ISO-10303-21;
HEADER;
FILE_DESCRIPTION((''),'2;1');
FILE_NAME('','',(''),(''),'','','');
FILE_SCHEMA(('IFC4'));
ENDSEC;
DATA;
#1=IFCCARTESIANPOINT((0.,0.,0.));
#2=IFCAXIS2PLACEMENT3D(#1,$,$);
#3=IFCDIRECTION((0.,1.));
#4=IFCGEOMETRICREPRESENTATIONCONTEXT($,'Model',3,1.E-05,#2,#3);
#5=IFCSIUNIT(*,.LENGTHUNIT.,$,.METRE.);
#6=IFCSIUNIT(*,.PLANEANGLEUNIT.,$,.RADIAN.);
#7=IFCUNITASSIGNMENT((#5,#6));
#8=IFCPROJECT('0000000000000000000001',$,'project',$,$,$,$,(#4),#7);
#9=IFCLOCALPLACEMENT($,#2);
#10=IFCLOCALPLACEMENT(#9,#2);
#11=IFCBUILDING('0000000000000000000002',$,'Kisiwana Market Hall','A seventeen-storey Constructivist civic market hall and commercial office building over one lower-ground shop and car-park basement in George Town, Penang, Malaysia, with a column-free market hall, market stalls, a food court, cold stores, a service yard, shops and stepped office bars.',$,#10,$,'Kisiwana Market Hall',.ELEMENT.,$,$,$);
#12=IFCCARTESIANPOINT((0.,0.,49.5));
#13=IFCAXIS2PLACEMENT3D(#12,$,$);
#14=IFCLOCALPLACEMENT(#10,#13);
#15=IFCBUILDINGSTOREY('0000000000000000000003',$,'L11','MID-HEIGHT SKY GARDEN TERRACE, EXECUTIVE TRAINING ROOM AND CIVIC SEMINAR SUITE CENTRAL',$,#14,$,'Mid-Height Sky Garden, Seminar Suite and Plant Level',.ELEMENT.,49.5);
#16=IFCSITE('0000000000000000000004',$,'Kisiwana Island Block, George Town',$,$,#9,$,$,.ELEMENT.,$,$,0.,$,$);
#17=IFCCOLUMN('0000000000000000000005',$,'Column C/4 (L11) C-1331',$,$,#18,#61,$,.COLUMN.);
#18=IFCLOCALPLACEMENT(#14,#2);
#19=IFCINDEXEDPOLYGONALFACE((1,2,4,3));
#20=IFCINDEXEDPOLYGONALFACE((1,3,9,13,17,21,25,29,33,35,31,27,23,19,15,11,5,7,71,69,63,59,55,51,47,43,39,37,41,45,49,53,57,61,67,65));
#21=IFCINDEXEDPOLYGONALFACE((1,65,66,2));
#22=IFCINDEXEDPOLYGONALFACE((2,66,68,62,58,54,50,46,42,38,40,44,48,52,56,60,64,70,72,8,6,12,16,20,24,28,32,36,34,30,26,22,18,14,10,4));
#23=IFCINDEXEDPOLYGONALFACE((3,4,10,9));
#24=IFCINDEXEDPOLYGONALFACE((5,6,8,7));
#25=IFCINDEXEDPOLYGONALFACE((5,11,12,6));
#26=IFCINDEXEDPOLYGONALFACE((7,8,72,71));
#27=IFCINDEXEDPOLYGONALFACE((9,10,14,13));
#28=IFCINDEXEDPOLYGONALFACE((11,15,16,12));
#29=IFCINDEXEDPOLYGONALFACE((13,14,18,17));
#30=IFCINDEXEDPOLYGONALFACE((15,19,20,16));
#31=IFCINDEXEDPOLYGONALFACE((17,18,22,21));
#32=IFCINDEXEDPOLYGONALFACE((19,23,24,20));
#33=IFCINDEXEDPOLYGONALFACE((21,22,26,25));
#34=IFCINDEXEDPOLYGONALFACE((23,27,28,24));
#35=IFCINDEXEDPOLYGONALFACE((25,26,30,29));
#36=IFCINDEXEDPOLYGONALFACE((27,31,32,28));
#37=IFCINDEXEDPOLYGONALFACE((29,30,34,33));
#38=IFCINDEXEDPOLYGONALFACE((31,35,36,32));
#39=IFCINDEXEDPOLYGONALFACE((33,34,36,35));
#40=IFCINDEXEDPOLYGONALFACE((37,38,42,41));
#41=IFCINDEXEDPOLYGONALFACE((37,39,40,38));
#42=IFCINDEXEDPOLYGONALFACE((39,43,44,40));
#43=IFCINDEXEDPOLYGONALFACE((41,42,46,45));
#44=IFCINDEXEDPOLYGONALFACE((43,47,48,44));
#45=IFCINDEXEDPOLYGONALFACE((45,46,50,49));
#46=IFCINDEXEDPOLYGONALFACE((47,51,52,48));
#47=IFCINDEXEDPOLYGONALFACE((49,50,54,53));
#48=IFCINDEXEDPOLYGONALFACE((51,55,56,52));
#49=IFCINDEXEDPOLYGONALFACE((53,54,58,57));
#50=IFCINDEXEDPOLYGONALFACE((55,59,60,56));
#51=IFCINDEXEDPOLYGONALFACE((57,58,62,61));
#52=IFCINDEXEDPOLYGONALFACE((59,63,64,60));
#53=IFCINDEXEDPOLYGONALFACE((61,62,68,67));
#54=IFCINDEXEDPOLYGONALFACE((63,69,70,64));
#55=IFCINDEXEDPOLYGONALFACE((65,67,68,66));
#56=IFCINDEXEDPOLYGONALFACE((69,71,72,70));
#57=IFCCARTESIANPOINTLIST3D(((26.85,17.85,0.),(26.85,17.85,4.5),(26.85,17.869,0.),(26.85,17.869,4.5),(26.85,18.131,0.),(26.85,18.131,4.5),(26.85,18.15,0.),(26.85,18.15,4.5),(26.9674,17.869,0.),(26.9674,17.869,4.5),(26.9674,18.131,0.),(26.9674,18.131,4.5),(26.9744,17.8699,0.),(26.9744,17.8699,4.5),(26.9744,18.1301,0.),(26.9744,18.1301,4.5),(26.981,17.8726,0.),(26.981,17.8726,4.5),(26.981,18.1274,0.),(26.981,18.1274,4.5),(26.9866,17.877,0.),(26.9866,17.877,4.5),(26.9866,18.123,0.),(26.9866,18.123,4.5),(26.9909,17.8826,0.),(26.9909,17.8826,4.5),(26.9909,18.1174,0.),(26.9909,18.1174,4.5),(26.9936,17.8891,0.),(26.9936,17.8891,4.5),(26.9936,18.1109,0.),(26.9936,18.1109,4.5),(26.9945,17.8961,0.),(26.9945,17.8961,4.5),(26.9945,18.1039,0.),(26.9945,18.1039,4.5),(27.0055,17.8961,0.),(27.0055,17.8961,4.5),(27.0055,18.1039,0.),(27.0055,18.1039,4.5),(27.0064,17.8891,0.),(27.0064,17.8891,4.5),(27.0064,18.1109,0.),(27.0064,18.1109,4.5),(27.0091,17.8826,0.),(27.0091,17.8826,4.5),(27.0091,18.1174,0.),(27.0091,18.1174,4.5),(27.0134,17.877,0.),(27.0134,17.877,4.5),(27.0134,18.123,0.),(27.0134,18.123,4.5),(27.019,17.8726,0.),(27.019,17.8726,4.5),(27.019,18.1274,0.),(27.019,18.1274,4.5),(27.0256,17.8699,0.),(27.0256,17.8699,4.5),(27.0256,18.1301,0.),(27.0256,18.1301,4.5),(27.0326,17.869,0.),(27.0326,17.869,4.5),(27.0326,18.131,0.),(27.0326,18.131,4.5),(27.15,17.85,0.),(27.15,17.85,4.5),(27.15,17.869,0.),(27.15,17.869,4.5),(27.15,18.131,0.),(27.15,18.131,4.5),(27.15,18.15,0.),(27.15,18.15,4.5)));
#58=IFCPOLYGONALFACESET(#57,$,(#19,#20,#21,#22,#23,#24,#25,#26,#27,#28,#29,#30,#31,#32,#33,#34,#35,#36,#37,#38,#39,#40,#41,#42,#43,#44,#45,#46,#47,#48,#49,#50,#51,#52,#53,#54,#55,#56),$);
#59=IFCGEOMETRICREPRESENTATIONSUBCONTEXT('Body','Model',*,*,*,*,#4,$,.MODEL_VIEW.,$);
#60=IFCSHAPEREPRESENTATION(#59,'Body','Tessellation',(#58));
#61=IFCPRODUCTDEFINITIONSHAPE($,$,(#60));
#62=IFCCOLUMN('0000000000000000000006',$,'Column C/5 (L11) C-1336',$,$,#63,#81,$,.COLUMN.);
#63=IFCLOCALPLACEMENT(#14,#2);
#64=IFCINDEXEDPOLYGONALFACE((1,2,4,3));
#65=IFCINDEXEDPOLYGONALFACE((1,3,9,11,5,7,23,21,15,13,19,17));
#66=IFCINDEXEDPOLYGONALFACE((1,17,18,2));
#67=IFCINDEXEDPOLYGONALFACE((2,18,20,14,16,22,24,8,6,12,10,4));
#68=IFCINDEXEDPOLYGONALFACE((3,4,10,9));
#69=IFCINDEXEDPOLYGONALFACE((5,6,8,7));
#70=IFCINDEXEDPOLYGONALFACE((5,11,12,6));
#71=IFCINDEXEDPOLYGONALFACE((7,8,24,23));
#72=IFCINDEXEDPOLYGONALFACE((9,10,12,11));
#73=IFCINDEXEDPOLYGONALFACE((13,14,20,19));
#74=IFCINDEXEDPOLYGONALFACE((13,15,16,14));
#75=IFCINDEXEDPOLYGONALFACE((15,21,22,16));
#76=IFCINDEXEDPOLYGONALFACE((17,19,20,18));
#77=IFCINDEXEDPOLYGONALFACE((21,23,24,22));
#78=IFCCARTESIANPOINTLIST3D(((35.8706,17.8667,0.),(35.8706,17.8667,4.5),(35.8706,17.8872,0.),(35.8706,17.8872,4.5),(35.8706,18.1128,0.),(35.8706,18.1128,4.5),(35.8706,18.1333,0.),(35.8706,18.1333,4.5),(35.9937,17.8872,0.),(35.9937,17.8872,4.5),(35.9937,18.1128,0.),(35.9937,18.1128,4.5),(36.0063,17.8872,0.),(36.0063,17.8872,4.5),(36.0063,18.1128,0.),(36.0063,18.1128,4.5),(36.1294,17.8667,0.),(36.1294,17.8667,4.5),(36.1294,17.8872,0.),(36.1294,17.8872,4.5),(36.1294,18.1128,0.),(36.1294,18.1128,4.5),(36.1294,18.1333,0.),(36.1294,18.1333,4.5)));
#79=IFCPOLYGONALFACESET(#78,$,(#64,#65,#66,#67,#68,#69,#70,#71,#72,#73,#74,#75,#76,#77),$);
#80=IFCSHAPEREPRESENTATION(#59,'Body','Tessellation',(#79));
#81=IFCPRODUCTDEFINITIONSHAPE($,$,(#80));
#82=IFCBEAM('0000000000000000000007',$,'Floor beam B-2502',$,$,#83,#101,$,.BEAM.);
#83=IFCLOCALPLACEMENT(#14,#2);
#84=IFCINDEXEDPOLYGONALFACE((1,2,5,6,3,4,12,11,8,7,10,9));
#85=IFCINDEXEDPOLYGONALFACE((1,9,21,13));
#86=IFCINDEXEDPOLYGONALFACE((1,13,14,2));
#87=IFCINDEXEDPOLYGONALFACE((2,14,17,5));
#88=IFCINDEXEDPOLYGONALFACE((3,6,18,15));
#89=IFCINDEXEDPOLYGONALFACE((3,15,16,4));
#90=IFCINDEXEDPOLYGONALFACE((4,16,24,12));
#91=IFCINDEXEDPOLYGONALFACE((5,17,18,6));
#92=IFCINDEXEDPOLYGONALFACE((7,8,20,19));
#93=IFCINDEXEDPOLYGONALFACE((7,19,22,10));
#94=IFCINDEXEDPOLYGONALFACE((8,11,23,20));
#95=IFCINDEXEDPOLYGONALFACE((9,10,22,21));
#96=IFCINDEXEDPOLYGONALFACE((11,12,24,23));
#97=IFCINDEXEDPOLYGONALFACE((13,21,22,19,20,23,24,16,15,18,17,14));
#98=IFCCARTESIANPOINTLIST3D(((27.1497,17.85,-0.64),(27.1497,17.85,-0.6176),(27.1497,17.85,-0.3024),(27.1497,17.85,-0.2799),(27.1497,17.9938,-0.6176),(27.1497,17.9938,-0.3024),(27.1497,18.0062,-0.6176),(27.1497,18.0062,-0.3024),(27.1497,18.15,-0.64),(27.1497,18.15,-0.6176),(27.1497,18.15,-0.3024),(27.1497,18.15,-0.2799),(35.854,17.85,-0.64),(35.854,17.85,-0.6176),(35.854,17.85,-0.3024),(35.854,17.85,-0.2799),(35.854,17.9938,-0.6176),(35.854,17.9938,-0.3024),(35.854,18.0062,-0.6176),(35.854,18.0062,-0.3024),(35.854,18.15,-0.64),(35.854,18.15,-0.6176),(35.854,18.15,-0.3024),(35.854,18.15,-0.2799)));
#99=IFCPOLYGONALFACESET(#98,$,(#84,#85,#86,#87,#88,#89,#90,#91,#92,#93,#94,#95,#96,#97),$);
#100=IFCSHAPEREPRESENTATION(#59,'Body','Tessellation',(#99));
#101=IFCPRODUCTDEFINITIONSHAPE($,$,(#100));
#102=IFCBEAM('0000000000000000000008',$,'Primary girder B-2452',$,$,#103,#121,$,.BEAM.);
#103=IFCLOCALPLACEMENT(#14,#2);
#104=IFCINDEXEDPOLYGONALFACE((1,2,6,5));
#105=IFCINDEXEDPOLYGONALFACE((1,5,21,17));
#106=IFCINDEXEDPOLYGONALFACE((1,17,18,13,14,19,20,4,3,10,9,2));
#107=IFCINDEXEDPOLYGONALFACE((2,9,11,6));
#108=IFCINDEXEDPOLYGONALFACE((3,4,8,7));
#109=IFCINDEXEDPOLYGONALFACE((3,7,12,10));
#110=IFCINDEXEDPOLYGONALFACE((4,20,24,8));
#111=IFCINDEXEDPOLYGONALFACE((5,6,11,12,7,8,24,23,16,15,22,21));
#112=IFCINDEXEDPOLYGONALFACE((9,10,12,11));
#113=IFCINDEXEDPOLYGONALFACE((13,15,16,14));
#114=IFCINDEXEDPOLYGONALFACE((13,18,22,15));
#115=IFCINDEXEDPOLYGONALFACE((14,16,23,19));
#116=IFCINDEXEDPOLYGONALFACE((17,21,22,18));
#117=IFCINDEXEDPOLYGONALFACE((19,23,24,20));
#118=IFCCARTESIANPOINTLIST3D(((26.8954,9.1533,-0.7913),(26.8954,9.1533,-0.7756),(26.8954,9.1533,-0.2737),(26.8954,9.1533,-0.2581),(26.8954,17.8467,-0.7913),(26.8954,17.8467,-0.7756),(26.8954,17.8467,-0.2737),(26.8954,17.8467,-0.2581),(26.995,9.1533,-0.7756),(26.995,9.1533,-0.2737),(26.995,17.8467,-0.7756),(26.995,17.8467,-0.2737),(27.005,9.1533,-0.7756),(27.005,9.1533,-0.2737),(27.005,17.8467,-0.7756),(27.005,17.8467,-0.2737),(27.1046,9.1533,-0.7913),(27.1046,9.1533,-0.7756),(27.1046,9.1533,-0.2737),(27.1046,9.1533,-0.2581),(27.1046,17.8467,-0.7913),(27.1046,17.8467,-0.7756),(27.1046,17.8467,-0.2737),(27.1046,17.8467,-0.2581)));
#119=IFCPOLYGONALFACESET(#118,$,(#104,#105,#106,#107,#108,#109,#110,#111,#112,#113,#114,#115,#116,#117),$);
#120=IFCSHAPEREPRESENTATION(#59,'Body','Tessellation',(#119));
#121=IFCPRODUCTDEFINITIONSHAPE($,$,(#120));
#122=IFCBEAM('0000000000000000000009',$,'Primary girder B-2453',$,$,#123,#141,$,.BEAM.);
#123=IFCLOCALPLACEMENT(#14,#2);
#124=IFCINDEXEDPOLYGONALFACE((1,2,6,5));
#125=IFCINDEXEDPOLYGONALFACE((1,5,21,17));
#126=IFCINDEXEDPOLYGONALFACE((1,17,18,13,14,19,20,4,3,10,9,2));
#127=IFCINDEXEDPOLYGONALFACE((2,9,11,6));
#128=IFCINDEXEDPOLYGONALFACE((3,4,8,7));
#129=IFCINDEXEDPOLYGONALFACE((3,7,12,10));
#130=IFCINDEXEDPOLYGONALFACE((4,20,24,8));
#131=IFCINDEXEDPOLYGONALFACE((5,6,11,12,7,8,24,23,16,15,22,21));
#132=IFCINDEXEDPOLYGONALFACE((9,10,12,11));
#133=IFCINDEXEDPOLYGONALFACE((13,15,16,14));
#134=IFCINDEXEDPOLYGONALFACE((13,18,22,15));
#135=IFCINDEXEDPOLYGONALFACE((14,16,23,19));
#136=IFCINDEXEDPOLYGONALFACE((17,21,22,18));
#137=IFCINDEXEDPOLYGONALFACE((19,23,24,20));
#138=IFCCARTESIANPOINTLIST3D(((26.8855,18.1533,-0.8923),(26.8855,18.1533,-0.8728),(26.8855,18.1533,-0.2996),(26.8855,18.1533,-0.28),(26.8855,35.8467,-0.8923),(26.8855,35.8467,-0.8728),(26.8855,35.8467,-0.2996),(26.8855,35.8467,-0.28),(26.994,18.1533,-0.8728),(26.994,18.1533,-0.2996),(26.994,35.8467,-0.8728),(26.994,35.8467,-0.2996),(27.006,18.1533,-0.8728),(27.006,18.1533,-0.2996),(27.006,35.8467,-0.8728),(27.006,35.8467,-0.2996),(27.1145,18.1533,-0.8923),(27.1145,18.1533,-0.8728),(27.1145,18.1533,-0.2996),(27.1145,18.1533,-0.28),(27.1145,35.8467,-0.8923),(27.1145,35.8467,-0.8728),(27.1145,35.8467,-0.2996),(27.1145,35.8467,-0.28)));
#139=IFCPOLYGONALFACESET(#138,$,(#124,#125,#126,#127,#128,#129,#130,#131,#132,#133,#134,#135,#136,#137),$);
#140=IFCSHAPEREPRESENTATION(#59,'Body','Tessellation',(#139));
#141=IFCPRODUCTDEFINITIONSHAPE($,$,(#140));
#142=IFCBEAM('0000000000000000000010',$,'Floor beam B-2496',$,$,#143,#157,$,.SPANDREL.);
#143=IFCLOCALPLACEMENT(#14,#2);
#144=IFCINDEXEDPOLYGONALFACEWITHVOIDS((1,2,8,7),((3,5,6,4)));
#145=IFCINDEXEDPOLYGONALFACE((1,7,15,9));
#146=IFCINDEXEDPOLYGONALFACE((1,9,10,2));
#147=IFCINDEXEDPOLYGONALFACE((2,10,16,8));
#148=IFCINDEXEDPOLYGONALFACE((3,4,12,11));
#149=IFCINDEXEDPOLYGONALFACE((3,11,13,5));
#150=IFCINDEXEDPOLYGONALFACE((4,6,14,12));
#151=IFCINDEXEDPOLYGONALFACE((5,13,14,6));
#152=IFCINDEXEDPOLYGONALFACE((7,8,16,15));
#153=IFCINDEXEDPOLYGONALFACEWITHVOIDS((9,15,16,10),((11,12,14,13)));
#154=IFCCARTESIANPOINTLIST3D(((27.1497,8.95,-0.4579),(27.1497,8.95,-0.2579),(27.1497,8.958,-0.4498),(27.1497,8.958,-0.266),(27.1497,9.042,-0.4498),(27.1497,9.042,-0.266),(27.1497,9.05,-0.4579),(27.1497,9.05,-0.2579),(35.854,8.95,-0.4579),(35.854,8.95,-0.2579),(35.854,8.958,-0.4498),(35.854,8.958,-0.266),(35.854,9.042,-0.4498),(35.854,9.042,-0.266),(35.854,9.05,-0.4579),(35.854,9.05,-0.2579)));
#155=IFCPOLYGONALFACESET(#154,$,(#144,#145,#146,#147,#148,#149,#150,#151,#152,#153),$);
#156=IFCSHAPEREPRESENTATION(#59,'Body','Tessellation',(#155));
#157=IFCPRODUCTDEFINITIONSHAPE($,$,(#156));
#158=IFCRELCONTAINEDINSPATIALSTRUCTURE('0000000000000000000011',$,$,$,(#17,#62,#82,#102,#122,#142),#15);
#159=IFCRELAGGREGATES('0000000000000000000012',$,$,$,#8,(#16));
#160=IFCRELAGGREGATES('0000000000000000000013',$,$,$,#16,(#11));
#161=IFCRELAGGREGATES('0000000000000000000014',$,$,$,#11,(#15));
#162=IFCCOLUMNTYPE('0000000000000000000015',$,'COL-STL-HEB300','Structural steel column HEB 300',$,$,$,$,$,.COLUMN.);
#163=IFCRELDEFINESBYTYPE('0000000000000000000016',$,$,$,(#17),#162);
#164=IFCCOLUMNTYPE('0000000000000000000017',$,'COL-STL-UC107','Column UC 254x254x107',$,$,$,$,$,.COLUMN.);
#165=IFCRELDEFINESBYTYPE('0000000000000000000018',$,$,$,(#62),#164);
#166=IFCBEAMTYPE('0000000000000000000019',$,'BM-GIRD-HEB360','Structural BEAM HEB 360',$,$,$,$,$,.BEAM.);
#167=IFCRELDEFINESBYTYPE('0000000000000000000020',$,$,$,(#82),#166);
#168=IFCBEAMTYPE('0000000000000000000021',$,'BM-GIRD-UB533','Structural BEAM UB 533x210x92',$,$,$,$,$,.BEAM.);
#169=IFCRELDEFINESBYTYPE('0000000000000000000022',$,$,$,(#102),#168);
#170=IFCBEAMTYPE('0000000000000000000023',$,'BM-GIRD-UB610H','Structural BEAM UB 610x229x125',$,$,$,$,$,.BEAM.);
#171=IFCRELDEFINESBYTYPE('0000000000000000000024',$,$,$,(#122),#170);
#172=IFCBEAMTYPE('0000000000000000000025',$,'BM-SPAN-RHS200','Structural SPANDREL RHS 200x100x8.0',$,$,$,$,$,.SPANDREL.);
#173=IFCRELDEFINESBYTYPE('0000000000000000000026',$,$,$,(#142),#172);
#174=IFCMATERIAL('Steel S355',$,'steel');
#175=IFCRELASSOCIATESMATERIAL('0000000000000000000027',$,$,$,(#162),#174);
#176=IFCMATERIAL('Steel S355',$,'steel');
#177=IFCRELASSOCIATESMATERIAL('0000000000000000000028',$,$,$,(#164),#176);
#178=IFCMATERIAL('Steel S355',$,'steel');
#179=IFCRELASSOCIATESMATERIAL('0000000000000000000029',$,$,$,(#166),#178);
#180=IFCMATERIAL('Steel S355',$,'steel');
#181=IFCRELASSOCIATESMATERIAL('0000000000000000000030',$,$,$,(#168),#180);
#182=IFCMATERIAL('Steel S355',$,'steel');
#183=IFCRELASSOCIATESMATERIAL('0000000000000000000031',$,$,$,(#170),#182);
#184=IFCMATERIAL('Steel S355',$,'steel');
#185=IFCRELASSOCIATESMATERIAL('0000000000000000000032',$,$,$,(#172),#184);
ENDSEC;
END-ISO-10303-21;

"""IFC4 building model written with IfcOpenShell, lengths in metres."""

from ifc_helpers import new_model, si_unit, direction, frame, origin, origin_2d, place, context, subcontext, project, spatial, hollow_rectangle, i_section, extrude, material, material_profile, profile_set, type_object, element, save


model = new_model("IFC4")

# Units and contexts
model_context = context("Model", 3, precision=1e-05, world=origin(), true_north=direction((0.0, 1.0)))
body_context = subcontext(model_context, "Body", "Model", "MODEL_VIEW")
ifc_project = project(units=[si_unit("LENGTHUNIT", "METRE"), si_unit("PLANEANGLEUNIT", "RADIAN")], contexts=[model_context])

# Site, building, storey
site_placement = place(None, origin())
site = spatial("IfcSite", under=ifc_project, at=site_placement, Name="Kisiwana Island Block, George Town", CompositionType="ELEMENT", RefElevation=0.0)
building_placement = place(site_placement, origin())
building = spatial("IfcBuilding", under=site, at=building_placement, Name="Kisiwana Market Hall", Description="A seventeen-storey Constructivist civic market hall and commercial office building over one lower-ground shop and car-park basement in George Town, Penang, Malaysia, with a column-free market hall, market stalls, a food court, cold stores, a service yard, shops and stepped office bars.", LongName="Kisiwana Market Hall", CompositionType="ELEMENT")
storey_placement = place(building_placement, frame((0.0, 0.0, 49.5)))
storey = spatial("IfcBuildingStorey", under=building, at=storey_placement, Name="L11", Description="MID-HEIGHT SKY GARDEN TERRACE, EXECUTIVE TRAINING ROOM AND CIVIC SEMINAR SUITE CENTRAL", LongName="Mid-Height Sky Garden, Seminar Suite and Plant Level", CompositionType="ELEMENT", Elevation=49.5)

# Columns
ifc_material_1 = material(Name="Steel S355", Category="steel")
ifc_material_profile_1 = material_profile(ifc_material_1, i_section(OverallWidth=0.3, OverallDepth=0.3, WebThickness=0.011, FlangeThickness=0.019, FilletRadius=0.0271, at=origin_2d()), Name="HEB 300")
ifc_profile_set_1 = profile_set([ifc_material_profile_1], Name="Steel S355")
column_type_1 = type_object("IfcColumnType", Name="COL-STL-HEB300", Description="Structural steel column HEB 300", PredefinedType="COLUMN", material=ifc_profile_set_1)
column_1_placement = place(storey_placement, frame((27.0, 18.0, 0.0), z_axis=(0.0, 0.0, 1.0), x_axis=(1.0, 0.0, 0.0)))
element("IfcColumn", 1, at=column_1_placement, inside=storey, type_object=column_type_1, Name="Column C/4 (L11) C-1331", PredefinedType="COLUMN", context=body_context, shape_type="SweptSolid", body=[
    extrude(i_section(OverallWidth=0.3, OverallDepth=0.3, WebThickness=0.011, FlangeThickness=0.019, FilletRadius=0.0271, at=origin_2d()), origin(), (0.0, 0.0, 1.0), 4.5),
])
ifc_material_2 = material(Name="Steel S355", Category="steel")
ifc_material_profile_2 = material_profile(ifc_material_2, i_section(OverallWidth=0.2588, OverallDepth=0.2666, WebThickness=0.0127, FlangeThickness=0.0205, at=origin_2d()), Name="UC 254x254x107")
ifc_profile_set_2 = profile_set([ifc_material_profile_2], Name="Steel S355")
column_type_2 = type_object("IfcColumnType", Name="COL-STL-UC107", Description="Column UC 254x254x107", PredefinedType="COLUMN", material=ifc_profile_set_2)
column_2_placement = place(storey_placement, frame((36.0, 18.0, 0.0), z_axis=(0.0, 0.0, 1.0), x_axis=(1.0, 0.0, 0.0)))
element("IfcColumn", 2, at=column_2_placement, inside=storey, type_object=column_type_2, Name="Column C/5 (L11) C-1336", PredefinedType="COLUMN", context=body_context, shape_type="SweptSolid", body=[
    extrude(i_section(OverallWidth=0.2588, OverallDepth=0.2666, WebThickness=0.0127, FlangeThickness=0.0205, at=origin_2d()), origin(), (0.0, 0.0, 1.0), 4.5),
])

# Beams
ifc_material_3 = material(Name="Steel S355", Category="steel")
ifc_material_profile_3 = material_profile(ifc_material_3, i_section(OverallWidth=0.3, OverallDepth=0.3601, WebThickness=0.0125, FlangeThickness=0.0225, at=origin_2d()), Name="HEB 360")
ifc_profile_set_3 = profile_set([ifc_material_profile_3], Name="Steel S355")
beam_type_1 = type_object("IfcBeamType", Name="BM-GIRD-HEB360", Description="Structural BEAM HEB 360", PredefinedType="BEAM", material=ifc_profile_set_3)
beam_1_placement = place(storey_placement, frame((27.1497, 18.0, -0.46), z_axis=(1.0, 0.0, 0.0), x_axis=(0.0, 1.0, 0.0)))
element("IfcBeam", 3, at=beam_1_placement, inside=storey, type_object=beam_type_1, Name="Floor beam B-2502", PredefinedType="BEAM", context=body_context, shape_type="SweptSolid", body=[
    extrude(i_section(OverallWidth=0.3, OverallDepth=0.3601, WebThickness=0.0125, FlangeThickness=0.0225, at=origin_2d()), origin(), (0.0, 0.0, 1.0), 8.7043),
])
ifc_material_4 = material(Name="Steel S355", Category="steel")
ifc_material_profile_4 = material_profile(ifc_material_4, i_section(OverallWidth=0.2092, OverallDepth=0.5332, WebThickness=0.01, FlangeThickness=0.0156, at=origin_2d()), Name="UB 533x210x92")
ifc_profile_set_4 = profile_set([ifc_material_profile_4], Name="Steel S355")
beam_type_2 = type_object("IfcBeamType", Name="BM-GIRD-UB533", Description="Structural BEAM UB 533x210x92", PredefinedType="BEAM", material=ifc_profile_set_4)
beam_2_placement = place(storey_placement, frame((27.0, 9.1533, -0.5247), z_axis=(0.0, 1.0, 0.0), x_axis=(-1.0, 0.0, 0.0)))
element("IfcBeam", 4, at=beam_2_placement, inside=storey, type_object=beam_type_2, Name="Primary girder B-2452", PredefinedType="BEAM", context=body_context, shape_type="SweptSolid", body=[
    extrude(i_section(OverallWidth=0.2092, OverallDepth=0.5332, WebThickness=0.01, FlangeThickness=0.0156, at=origin_2d()), origin(), (0.0, 0.0, 1.0), 8.6934),
])
ifc_material_5 = material(Name="Steel S355", Category="steel")
ifc_material_profile_5 = material_profile(ifc_material_5, i_section(OverallWidth=0.229, OverallDepth=0.6123, WebThickness=0.012, FlangeThickness=0.0195, at=origin_2d()), Name="UB 610x229x125")
ifc_profile_set_5 = profile_set([ifc_material_profile_5], Name="Steel S355")
beam_type_3 = type_object("IfcBeamType", Name="BM-GIRD-UB610H", Description="Structural BEAM UB 610x229x125", PredefinedType="BEAM", material=ifc_profile_set_5)
beam_3_placement = place(storey_placement, frame((27.0, 18.1533, -0.5862), z_axis=(0.0, 1.0, 0.0), x_axis=(-1.0, 0.0, 0.0)))
element("IfcBeam", 5, at=beam_3_placement, inside=storey, type_object=beam_type_3, Name="Primary girder B-2453", PredefinedType="BEAM", context=body_context, shape_type="SweptSolid", body=[
    extrude(i_section(OverallWidth=0.229, OverallDepth=0.6123, WebThickness=0.012, FlangeThickness=0.0195, at=origin_2d()), origin(), (0.0, 0.0, 1.0), 17.6934),
])
ifc_material_6 = material(Name="Steel S355", Category="steel")
ifc_material_profile_6 = material_profile(ifc_material_6, hollow_rectangle(XDim=0.1001, YDim=0.2, WallThickness=0.0081, at=origin_2d()), Name="RHS 200x100x8.0")
ifc_profile_set_6 = profile_set([ifc_material_profile_6], Name="Steel S355")
beam_type_4 = type_object("IfcBeamType", Name="BM-SPAN-RHS200", Description="Structural SPANDREL RHS 200x100x8.0", PredefinedType="SPANDREL", material=ifc_profile_set_6)
beam_4_placement = place(storey_placement, frame((27.1497, 9.0, -0.3579), z_axis=(1.0, 0.0, 0.0), x_axis=(0.0, 1.0, 0.0)))
element("IfcBeam", 6, at=beam_4_placement, inside=storey, type_object=beam_type_4, Name="Floor beam B-2496", PredefinedType="SPANDREL", context=body_context, shape_type="SweptSolid", body=[
    extrude(hollow_rectangle(XDim=0.1001, YDim=0.2, WallThickness=0.0081, at=origin_2d()), origin(), (0.0, 0.0, 1.0), 8.7043),
])

save(model, "model.ifc")
